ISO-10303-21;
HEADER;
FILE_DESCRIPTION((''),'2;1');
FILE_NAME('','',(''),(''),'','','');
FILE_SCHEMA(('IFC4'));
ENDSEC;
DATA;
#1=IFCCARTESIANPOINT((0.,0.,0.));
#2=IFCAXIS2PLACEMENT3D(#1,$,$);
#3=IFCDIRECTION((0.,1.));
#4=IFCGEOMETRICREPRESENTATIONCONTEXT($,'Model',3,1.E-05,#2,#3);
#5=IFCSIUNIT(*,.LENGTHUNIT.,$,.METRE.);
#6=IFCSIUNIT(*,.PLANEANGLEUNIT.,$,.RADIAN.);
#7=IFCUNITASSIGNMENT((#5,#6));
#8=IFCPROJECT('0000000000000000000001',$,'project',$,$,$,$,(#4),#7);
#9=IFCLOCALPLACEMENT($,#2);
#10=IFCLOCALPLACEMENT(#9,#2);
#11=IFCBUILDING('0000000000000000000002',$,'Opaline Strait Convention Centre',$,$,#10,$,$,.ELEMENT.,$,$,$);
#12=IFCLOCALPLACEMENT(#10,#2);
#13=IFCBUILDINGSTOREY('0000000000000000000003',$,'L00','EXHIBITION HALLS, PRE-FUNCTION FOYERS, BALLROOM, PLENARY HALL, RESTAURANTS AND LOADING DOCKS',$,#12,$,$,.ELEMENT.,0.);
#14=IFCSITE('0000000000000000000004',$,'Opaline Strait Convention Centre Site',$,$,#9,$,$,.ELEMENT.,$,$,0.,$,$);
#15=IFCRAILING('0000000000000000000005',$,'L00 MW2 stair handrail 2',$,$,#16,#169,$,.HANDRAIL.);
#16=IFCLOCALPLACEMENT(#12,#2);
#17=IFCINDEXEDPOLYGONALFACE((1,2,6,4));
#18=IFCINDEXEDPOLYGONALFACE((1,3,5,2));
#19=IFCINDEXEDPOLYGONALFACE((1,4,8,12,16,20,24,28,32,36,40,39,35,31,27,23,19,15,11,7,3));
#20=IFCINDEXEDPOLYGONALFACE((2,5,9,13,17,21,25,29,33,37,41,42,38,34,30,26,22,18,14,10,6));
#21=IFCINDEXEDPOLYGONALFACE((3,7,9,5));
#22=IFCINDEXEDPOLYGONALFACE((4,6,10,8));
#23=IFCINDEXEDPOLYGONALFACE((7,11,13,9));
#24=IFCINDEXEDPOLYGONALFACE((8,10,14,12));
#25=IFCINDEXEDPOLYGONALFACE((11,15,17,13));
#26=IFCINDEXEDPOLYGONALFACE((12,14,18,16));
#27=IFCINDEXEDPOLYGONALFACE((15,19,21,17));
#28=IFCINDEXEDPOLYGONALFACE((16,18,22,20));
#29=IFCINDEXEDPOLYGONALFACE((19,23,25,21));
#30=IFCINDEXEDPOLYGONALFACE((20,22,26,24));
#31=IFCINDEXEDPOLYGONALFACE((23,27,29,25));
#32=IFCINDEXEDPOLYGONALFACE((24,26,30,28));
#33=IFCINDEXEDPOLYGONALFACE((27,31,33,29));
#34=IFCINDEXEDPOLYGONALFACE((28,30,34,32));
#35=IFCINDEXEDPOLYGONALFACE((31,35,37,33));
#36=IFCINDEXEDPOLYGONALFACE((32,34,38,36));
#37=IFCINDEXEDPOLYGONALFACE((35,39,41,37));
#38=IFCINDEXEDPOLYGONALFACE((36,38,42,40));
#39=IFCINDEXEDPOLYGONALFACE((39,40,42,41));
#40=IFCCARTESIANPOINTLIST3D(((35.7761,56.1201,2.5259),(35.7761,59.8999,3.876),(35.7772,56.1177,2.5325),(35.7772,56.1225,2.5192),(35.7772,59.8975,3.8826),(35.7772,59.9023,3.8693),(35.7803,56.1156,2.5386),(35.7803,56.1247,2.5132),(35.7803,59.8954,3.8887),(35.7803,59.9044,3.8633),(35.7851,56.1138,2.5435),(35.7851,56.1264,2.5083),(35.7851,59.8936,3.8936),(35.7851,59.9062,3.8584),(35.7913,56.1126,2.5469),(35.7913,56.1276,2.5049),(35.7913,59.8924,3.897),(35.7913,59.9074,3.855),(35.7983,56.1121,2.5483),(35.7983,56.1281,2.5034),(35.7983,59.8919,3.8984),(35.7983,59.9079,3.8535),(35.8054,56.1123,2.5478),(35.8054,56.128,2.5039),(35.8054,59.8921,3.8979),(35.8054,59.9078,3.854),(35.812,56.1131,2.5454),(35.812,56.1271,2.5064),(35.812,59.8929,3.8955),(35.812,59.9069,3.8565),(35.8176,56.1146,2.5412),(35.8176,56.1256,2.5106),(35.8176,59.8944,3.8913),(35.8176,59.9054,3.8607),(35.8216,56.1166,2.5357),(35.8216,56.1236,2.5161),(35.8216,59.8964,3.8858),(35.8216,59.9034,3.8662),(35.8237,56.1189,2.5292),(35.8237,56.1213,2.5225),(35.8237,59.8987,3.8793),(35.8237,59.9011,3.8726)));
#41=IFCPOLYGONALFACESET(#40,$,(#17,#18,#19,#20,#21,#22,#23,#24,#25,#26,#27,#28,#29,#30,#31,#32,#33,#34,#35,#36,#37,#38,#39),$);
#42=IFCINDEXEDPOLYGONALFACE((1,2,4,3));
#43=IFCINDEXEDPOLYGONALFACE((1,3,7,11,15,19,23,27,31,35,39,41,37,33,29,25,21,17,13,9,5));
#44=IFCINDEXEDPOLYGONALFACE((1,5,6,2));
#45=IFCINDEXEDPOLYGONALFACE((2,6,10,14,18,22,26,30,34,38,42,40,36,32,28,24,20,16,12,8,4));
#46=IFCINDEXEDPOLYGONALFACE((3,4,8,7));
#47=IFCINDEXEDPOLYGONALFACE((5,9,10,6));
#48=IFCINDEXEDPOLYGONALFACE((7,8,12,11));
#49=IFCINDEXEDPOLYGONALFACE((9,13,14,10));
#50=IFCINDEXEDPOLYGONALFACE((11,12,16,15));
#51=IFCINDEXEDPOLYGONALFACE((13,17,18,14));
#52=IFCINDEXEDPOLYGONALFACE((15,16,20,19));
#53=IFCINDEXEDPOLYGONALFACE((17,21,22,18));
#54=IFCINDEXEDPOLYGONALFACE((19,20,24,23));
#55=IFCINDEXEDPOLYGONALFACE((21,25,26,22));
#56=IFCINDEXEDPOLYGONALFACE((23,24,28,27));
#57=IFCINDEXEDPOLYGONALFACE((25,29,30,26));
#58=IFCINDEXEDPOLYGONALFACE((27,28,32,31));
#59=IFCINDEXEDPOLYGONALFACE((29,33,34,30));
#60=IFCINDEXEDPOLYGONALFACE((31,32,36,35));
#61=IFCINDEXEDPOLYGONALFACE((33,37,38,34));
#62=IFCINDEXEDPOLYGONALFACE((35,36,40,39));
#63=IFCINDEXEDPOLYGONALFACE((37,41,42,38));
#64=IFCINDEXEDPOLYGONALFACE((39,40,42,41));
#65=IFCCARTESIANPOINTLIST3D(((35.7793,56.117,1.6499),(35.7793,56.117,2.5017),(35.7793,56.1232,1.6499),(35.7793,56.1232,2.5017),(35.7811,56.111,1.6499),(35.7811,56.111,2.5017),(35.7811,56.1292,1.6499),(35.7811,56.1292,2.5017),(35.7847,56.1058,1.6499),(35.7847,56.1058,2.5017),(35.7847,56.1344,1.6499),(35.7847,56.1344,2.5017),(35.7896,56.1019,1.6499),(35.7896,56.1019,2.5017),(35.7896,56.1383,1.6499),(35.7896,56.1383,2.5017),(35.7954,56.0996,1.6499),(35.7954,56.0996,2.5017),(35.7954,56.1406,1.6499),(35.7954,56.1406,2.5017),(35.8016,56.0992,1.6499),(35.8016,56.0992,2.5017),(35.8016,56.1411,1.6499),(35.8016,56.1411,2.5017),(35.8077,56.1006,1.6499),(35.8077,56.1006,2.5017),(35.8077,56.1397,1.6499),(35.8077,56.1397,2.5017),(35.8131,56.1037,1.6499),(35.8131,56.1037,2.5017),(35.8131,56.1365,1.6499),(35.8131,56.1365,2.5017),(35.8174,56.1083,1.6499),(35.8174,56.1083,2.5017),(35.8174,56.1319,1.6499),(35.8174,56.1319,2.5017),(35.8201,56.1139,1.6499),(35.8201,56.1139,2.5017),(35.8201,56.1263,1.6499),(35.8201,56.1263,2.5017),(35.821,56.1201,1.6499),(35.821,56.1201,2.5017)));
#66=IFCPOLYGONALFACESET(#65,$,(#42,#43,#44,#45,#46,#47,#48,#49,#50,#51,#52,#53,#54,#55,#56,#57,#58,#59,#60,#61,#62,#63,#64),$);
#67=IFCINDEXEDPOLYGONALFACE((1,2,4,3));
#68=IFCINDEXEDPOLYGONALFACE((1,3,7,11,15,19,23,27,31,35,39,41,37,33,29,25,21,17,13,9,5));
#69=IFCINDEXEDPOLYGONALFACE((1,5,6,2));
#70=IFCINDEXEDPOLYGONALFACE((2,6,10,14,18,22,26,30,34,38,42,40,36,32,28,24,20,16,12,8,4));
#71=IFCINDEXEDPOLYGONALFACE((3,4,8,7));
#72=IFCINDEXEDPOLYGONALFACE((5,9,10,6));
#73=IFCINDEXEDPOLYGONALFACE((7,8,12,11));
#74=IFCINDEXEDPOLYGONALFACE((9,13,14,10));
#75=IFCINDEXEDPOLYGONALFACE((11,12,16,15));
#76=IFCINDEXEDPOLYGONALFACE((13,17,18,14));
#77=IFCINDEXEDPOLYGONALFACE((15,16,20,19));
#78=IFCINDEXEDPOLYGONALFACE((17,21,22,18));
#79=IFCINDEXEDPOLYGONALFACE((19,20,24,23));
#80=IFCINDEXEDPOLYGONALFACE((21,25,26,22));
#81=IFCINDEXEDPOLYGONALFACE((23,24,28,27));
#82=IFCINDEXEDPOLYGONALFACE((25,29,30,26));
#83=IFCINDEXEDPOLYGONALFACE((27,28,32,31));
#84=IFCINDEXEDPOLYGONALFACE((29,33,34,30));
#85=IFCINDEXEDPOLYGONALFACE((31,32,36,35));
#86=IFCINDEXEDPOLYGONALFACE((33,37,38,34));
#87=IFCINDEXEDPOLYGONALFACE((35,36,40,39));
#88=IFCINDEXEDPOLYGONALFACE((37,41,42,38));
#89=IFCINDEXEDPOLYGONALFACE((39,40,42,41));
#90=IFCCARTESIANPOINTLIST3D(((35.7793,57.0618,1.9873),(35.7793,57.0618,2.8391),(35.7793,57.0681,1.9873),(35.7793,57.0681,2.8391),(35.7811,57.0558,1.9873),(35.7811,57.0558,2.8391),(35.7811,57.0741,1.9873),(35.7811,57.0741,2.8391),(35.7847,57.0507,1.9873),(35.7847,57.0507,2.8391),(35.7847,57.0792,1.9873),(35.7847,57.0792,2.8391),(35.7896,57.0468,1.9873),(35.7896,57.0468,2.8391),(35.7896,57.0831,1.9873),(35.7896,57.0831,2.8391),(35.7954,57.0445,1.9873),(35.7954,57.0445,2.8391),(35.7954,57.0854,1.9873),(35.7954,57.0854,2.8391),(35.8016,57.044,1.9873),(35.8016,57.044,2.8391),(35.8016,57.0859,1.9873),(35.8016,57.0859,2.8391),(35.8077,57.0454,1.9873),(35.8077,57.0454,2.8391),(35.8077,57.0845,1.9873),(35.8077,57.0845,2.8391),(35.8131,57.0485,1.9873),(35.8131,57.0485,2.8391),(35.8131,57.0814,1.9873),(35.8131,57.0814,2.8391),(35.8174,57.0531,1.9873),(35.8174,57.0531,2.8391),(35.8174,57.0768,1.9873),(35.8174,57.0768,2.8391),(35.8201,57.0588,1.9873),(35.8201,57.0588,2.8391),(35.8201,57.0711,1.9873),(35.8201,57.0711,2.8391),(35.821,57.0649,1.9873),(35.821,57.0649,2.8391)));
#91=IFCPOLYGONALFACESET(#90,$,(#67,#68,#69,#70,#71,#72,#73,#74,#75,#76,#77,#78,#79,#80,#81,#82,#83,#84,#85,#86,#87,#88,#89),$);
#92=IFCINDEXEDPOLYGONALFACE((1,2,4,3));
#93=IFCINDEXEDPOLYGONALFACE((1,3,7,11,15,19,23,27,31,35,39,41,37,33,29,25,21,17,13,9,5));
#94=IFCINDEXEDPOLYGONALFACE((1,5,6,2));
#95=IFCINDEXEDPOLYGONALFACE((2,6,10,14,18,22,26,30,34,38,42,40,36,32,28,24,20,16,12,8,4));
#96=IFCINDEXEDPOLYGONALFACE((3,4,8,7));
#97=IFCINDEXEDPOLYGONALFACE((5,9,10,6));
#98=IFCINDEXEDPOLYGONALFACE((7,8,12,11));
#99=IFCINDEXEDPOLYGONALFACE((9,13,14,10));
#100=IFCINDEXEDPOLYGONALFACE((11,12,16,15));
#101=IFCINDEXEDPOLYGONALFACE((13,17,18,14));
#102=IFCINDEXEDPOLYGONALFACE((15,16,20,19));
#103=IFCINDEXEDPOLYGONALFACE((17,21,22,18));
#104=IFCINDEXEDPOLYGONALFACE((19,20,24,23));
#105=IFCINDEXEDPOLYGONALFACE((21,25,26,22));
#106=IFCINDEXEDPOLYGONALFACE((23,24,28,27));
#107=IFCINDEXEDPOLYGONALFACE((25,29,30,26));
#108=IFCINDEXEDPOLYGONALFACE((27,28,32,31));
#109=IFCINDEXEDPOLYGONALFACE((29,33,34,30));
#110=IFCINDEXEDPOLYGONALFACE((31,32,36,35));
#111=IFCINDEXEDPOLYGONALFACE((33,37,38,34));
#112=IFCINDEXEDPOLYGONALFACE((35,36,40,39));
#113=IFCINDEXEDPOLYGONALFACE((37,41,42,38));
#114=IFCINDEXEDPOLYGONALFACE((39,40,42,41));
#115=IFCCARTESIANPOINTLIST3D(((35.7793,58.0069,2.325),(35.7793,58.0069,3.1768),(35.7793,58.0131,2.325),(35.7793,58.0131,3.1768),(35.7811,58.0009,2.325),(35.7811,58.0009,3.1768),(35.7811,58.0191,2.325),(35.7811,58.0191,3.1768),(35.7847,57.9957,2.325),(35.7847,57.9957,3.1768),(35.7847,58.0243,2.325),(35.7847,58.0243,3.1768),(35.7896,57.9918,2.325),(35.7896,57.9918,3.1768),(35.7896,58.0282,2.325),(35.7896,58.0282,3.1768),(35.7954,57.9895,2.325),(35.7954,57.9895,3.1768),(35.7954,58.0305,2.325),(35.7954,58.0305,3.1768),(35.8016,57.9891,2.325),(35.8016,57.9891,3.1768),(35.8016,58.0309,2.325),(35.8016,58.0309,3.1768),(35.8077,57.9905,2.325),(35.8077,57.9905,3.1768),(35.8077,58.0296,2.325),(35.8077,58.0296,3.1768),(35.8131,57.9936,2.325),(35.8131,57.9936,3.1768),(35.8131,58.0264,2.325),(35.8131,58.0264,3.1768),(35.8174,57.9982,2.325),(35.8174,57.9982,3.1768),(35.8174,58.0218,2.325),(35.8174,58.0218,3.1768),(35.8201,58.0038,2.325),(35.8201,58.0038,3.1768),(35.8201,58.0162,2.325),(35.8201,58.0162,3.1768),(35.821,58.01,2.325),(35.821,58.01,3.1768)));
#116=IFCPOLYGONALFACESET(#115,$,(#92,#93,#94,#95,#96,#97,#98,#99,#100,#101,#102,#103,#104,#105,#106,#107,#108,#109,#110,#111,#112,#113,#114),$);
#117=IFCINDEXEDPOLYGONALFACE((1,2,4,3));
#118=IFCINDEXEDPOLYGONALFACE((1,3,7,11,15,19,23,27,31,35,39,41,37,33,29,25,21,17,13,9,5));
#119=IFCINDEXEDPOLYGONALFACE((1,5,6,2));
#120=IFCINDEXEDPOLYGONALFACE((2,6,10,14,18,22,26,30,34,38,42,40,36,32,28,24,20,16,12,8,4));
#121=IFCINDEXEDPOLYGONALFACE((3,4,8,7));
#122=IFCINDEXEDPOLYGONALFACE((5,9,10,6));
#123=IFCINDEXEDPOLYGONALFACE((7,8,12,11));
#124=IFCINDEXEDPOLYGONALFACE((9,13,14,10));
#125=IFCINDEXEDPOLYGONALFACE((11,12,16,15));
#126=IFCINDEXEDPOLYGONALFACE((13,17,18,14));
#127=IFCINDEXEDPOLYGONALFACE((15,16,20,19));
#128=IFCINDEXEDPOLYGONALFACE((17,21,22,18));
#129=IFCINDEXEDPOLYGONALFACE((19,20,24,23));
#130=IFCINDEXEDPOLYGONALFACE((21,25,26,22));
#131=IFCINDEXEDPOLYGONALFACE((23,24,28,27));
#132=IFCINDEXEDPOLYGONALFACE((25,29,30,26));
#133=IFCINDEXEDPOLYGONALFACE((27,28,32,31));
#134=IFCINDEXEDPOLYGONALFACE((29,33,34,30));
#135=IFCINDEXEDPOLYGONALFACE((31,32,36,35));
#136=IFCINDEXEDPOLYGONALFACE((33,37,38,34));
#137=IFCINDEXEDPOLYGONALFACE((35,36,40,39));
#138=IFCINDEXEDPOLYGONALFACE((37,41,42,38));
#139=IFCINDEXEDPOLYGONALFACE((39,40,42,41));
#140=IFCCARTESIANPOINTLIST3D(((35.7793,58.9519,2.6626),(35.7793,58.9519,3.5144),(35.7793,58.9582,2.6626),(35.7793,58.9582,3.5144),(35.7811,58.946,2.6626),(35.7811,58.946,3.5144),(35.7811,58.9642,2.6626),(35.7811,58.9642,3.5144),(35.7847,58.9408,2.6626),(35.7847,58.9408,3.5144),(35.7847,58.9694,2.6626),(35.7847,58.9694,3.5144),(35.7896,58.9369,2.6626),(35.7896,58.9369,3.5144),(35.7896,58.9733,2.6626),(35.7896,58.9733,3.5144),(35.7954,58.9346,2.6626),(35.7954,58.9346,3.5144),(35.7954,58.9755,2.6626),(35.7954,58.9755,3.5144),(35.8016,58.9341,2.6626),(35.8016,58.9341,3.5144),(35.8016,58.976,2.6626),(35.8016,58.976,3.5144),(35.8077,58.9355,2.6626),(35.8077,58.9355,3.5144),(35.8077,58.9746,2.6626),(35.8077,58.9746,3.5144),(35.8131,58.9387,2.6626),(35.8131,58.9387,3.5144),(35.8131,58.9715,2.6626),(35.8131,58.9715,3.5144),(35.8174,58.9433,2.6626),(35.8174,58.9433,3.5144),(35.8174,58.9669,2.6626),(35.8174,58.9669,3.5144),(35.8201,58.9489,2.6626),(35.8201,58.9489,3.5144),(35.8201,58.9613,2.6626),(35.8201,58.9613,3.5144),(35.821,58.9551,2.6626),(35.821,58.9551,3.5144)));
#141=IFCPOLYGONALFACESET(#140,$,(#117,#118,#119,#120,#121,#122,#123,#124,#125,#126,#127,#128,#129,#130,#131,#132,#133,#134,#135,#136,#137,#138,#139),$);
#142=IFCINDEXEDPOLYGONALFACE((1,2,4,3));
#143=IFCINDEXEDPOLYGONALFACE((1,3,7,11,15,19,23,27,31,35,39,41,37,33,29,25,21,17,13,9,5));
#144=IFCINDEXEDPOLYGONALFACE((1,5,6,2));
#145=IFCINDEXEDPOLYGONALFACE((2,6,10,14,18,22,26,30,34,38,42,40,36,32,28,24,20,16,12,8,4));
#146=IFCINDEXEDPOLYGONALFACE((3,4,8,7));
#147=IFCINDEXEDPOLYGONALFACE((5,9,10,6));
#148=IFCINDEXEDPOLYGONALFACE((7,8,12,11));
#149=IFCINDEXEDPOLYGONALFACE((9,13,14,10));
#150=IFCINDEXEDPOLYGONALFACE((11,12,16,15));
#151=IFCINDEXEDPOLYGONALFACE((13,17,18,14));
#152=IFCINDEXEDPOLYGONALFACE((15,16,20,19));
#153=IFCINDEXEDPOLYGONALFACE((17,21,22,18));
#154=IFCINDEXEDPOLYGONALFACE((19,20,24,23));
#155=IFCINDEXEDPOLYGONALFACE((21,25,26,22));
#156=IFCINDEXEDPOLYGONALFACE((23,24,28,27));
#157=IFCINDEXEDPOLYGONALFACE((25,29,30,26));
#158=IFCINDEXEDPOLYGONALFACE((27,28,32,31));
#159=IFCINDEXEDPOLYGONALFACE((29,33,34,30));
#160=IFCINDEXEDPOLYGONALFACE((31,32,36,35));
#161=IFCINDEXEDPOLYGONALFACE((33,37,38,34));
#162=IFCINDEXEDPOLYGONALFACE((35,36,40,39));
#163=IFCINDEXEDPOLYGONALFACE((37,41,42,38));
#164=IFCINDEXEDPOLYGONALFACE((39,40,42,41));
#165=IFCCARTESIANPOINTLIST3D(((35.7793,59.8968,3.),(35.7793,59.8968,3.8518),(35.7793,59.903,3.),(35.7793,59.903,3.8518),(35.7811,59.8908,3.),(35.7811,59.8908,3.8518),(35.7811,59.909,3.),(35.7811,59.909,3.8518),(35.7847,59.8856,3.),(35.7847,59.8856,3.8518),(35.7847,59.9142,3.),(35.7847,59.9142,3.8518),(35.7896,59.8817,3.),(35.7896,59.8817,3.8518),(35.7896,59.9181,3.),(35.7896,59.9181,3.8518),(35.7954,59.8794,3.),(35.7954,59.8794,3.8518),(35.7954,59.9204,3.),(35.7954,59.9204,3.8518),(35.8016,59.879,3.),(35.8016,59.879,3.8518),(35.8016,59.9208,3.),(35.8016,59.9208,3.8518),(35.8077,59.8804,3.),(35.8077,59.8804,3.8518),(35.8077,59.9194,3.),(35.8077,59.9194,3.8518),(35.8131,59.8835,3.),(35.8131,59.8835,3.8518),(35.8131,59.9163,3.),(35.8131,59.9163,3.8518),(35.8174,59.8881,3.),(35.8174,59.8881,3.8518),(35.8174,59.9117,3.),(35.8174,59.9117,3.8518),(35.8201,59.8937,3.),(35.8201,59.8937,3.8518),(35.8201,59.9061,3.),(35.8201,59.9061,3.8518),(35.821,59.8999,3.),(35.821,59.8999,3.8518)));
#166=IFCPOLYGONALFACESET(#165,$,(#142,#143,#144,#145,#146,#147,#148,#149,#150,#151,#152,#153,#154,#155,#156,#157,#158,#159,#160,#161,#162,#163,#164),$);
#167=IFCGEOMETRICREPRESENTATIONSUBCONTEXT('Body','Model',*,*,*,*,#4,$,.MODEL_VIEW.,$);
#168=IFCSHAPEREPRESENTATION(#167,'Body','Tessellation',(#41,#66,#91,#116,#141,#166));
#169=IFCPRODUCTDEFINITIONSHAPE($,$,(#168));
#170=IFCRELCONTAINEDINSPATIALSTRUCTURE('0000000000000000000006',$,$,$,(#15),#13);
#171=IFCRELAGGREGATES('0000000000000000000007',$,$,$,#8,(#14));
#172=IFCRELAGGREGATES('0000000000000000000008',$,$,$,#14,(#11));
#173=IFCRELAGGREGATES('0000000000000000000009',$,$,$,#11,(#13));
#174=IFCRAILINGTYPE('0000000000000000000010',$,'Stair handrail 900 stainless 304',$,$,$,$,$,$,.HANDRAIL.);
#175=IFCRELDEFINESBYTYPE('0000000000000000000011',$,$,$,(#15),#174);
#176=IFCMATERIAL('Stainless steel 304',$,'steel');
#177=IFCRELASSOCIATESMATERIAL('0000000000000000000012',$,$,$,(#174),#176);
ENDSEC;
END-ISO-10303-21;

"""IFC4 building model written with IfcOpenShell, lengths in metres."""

from ifc_helpers import new_model, si_unit, direction, frame, origin, origin_2d, place, context, subcontext, project, spatial, circle, extrude, material, type_object, element, save


model = new_model("IFC4")

# Units and contexts
model_context = context("Model", 3, precision=1e-05, world=origin(), true_north=direction((0.0, 1.0)))
body_context = subcontext(model_context, "Body", "Model", "MODEL_VIEW")
ifc_project = project(units=[si_unit("LENGTHUNIT", "METRE"), si_unit("PLANEANGLEUNIT", "RADIAN")], contexts=[model_context])

# Site, building, storey
site_placement = place(None, origin())
site = spatial("IfcSite", under=ifc_project, at=site_placement, Name="Opaline Strait Convention Centre Site", CompositionType="ELEMENT", RefElevation=0.0)
building_placement = place(site_placement, origin())
building = spatial("IfcBuilding", under=site, at=building_placement, Name="Opaline Strait Convention Centre", CompositionType="ELEMENT")
storey_placement = place(building_placement, origin())
storey = spatial("IfcBuildingStorey", under=building, at=storey_placement, Name="L00", Description="EXHIBITION HALLS, PRE-FUNCTION FOYERS, BALLROOM, PLENARY HALL, RESTAURANTS AND LOADING DOCKS", CompositionType="ELEMENT", Elevation=0.0)

# Railing
ifc_material_1 = material(Name="Stainless steel 304", Category="steel")
railing_type = type_object("IfcRailingType", Name="Stair handrail 900 stainless 304", PredefinedType="HANDRAIL", material=ifc_material_1)
for number, where, name in (
    (1, (35.8, 56.1201, 1.6499), "L00 MW2 stair handrail 2"),
):
    element("IfcRailing", number, at=place(storey_placement, frame(where)), inside=storey, type_object=railing_type, Name=name, PredefinedType="HANDRAIL", context=body_context, shape_type="SweptSolid", body=[
        extrude(circle(Radius=0.0239, at=origin_2d()), frame((0.0, 0.0, 0.876), z_axis=(0.0, 0.941728, 0.336375), x_axis=(-1.0, 0.0, 0.0)), (0.0, 0.0, 1.0), 4.0137),
        extrude(circle(Radius=0.021, at=origin_2d()), origin(), (0.0, 0.0, 1.0), 0.8518),
        extrude(circle(Radius=0.021, at=origin_2d()), frame((0.0, 0.9448, 0.3374)), (0.0, 0.0, 1.0), 0.8518),
        extrude(circle(Radius=0.021, at=origin_2d()), frame((0.0, 1.8899, 0.675)), (0.0, 0.0, 1.0), 0.8518),
        extrude(circle(Radius=0.021, at=origin_2d()), frame((0.0, 2.835, 1.0127)), (0.0, 0.0, 1.0), 0.8518),
        extrude(circle(Radius=0.021, at=origin_2d()), frame((0.0, 3.7798, 1.3501)), (0.0, 0.0, 1.0), 0.8518),
    ])

save(model, "model.ifc")
